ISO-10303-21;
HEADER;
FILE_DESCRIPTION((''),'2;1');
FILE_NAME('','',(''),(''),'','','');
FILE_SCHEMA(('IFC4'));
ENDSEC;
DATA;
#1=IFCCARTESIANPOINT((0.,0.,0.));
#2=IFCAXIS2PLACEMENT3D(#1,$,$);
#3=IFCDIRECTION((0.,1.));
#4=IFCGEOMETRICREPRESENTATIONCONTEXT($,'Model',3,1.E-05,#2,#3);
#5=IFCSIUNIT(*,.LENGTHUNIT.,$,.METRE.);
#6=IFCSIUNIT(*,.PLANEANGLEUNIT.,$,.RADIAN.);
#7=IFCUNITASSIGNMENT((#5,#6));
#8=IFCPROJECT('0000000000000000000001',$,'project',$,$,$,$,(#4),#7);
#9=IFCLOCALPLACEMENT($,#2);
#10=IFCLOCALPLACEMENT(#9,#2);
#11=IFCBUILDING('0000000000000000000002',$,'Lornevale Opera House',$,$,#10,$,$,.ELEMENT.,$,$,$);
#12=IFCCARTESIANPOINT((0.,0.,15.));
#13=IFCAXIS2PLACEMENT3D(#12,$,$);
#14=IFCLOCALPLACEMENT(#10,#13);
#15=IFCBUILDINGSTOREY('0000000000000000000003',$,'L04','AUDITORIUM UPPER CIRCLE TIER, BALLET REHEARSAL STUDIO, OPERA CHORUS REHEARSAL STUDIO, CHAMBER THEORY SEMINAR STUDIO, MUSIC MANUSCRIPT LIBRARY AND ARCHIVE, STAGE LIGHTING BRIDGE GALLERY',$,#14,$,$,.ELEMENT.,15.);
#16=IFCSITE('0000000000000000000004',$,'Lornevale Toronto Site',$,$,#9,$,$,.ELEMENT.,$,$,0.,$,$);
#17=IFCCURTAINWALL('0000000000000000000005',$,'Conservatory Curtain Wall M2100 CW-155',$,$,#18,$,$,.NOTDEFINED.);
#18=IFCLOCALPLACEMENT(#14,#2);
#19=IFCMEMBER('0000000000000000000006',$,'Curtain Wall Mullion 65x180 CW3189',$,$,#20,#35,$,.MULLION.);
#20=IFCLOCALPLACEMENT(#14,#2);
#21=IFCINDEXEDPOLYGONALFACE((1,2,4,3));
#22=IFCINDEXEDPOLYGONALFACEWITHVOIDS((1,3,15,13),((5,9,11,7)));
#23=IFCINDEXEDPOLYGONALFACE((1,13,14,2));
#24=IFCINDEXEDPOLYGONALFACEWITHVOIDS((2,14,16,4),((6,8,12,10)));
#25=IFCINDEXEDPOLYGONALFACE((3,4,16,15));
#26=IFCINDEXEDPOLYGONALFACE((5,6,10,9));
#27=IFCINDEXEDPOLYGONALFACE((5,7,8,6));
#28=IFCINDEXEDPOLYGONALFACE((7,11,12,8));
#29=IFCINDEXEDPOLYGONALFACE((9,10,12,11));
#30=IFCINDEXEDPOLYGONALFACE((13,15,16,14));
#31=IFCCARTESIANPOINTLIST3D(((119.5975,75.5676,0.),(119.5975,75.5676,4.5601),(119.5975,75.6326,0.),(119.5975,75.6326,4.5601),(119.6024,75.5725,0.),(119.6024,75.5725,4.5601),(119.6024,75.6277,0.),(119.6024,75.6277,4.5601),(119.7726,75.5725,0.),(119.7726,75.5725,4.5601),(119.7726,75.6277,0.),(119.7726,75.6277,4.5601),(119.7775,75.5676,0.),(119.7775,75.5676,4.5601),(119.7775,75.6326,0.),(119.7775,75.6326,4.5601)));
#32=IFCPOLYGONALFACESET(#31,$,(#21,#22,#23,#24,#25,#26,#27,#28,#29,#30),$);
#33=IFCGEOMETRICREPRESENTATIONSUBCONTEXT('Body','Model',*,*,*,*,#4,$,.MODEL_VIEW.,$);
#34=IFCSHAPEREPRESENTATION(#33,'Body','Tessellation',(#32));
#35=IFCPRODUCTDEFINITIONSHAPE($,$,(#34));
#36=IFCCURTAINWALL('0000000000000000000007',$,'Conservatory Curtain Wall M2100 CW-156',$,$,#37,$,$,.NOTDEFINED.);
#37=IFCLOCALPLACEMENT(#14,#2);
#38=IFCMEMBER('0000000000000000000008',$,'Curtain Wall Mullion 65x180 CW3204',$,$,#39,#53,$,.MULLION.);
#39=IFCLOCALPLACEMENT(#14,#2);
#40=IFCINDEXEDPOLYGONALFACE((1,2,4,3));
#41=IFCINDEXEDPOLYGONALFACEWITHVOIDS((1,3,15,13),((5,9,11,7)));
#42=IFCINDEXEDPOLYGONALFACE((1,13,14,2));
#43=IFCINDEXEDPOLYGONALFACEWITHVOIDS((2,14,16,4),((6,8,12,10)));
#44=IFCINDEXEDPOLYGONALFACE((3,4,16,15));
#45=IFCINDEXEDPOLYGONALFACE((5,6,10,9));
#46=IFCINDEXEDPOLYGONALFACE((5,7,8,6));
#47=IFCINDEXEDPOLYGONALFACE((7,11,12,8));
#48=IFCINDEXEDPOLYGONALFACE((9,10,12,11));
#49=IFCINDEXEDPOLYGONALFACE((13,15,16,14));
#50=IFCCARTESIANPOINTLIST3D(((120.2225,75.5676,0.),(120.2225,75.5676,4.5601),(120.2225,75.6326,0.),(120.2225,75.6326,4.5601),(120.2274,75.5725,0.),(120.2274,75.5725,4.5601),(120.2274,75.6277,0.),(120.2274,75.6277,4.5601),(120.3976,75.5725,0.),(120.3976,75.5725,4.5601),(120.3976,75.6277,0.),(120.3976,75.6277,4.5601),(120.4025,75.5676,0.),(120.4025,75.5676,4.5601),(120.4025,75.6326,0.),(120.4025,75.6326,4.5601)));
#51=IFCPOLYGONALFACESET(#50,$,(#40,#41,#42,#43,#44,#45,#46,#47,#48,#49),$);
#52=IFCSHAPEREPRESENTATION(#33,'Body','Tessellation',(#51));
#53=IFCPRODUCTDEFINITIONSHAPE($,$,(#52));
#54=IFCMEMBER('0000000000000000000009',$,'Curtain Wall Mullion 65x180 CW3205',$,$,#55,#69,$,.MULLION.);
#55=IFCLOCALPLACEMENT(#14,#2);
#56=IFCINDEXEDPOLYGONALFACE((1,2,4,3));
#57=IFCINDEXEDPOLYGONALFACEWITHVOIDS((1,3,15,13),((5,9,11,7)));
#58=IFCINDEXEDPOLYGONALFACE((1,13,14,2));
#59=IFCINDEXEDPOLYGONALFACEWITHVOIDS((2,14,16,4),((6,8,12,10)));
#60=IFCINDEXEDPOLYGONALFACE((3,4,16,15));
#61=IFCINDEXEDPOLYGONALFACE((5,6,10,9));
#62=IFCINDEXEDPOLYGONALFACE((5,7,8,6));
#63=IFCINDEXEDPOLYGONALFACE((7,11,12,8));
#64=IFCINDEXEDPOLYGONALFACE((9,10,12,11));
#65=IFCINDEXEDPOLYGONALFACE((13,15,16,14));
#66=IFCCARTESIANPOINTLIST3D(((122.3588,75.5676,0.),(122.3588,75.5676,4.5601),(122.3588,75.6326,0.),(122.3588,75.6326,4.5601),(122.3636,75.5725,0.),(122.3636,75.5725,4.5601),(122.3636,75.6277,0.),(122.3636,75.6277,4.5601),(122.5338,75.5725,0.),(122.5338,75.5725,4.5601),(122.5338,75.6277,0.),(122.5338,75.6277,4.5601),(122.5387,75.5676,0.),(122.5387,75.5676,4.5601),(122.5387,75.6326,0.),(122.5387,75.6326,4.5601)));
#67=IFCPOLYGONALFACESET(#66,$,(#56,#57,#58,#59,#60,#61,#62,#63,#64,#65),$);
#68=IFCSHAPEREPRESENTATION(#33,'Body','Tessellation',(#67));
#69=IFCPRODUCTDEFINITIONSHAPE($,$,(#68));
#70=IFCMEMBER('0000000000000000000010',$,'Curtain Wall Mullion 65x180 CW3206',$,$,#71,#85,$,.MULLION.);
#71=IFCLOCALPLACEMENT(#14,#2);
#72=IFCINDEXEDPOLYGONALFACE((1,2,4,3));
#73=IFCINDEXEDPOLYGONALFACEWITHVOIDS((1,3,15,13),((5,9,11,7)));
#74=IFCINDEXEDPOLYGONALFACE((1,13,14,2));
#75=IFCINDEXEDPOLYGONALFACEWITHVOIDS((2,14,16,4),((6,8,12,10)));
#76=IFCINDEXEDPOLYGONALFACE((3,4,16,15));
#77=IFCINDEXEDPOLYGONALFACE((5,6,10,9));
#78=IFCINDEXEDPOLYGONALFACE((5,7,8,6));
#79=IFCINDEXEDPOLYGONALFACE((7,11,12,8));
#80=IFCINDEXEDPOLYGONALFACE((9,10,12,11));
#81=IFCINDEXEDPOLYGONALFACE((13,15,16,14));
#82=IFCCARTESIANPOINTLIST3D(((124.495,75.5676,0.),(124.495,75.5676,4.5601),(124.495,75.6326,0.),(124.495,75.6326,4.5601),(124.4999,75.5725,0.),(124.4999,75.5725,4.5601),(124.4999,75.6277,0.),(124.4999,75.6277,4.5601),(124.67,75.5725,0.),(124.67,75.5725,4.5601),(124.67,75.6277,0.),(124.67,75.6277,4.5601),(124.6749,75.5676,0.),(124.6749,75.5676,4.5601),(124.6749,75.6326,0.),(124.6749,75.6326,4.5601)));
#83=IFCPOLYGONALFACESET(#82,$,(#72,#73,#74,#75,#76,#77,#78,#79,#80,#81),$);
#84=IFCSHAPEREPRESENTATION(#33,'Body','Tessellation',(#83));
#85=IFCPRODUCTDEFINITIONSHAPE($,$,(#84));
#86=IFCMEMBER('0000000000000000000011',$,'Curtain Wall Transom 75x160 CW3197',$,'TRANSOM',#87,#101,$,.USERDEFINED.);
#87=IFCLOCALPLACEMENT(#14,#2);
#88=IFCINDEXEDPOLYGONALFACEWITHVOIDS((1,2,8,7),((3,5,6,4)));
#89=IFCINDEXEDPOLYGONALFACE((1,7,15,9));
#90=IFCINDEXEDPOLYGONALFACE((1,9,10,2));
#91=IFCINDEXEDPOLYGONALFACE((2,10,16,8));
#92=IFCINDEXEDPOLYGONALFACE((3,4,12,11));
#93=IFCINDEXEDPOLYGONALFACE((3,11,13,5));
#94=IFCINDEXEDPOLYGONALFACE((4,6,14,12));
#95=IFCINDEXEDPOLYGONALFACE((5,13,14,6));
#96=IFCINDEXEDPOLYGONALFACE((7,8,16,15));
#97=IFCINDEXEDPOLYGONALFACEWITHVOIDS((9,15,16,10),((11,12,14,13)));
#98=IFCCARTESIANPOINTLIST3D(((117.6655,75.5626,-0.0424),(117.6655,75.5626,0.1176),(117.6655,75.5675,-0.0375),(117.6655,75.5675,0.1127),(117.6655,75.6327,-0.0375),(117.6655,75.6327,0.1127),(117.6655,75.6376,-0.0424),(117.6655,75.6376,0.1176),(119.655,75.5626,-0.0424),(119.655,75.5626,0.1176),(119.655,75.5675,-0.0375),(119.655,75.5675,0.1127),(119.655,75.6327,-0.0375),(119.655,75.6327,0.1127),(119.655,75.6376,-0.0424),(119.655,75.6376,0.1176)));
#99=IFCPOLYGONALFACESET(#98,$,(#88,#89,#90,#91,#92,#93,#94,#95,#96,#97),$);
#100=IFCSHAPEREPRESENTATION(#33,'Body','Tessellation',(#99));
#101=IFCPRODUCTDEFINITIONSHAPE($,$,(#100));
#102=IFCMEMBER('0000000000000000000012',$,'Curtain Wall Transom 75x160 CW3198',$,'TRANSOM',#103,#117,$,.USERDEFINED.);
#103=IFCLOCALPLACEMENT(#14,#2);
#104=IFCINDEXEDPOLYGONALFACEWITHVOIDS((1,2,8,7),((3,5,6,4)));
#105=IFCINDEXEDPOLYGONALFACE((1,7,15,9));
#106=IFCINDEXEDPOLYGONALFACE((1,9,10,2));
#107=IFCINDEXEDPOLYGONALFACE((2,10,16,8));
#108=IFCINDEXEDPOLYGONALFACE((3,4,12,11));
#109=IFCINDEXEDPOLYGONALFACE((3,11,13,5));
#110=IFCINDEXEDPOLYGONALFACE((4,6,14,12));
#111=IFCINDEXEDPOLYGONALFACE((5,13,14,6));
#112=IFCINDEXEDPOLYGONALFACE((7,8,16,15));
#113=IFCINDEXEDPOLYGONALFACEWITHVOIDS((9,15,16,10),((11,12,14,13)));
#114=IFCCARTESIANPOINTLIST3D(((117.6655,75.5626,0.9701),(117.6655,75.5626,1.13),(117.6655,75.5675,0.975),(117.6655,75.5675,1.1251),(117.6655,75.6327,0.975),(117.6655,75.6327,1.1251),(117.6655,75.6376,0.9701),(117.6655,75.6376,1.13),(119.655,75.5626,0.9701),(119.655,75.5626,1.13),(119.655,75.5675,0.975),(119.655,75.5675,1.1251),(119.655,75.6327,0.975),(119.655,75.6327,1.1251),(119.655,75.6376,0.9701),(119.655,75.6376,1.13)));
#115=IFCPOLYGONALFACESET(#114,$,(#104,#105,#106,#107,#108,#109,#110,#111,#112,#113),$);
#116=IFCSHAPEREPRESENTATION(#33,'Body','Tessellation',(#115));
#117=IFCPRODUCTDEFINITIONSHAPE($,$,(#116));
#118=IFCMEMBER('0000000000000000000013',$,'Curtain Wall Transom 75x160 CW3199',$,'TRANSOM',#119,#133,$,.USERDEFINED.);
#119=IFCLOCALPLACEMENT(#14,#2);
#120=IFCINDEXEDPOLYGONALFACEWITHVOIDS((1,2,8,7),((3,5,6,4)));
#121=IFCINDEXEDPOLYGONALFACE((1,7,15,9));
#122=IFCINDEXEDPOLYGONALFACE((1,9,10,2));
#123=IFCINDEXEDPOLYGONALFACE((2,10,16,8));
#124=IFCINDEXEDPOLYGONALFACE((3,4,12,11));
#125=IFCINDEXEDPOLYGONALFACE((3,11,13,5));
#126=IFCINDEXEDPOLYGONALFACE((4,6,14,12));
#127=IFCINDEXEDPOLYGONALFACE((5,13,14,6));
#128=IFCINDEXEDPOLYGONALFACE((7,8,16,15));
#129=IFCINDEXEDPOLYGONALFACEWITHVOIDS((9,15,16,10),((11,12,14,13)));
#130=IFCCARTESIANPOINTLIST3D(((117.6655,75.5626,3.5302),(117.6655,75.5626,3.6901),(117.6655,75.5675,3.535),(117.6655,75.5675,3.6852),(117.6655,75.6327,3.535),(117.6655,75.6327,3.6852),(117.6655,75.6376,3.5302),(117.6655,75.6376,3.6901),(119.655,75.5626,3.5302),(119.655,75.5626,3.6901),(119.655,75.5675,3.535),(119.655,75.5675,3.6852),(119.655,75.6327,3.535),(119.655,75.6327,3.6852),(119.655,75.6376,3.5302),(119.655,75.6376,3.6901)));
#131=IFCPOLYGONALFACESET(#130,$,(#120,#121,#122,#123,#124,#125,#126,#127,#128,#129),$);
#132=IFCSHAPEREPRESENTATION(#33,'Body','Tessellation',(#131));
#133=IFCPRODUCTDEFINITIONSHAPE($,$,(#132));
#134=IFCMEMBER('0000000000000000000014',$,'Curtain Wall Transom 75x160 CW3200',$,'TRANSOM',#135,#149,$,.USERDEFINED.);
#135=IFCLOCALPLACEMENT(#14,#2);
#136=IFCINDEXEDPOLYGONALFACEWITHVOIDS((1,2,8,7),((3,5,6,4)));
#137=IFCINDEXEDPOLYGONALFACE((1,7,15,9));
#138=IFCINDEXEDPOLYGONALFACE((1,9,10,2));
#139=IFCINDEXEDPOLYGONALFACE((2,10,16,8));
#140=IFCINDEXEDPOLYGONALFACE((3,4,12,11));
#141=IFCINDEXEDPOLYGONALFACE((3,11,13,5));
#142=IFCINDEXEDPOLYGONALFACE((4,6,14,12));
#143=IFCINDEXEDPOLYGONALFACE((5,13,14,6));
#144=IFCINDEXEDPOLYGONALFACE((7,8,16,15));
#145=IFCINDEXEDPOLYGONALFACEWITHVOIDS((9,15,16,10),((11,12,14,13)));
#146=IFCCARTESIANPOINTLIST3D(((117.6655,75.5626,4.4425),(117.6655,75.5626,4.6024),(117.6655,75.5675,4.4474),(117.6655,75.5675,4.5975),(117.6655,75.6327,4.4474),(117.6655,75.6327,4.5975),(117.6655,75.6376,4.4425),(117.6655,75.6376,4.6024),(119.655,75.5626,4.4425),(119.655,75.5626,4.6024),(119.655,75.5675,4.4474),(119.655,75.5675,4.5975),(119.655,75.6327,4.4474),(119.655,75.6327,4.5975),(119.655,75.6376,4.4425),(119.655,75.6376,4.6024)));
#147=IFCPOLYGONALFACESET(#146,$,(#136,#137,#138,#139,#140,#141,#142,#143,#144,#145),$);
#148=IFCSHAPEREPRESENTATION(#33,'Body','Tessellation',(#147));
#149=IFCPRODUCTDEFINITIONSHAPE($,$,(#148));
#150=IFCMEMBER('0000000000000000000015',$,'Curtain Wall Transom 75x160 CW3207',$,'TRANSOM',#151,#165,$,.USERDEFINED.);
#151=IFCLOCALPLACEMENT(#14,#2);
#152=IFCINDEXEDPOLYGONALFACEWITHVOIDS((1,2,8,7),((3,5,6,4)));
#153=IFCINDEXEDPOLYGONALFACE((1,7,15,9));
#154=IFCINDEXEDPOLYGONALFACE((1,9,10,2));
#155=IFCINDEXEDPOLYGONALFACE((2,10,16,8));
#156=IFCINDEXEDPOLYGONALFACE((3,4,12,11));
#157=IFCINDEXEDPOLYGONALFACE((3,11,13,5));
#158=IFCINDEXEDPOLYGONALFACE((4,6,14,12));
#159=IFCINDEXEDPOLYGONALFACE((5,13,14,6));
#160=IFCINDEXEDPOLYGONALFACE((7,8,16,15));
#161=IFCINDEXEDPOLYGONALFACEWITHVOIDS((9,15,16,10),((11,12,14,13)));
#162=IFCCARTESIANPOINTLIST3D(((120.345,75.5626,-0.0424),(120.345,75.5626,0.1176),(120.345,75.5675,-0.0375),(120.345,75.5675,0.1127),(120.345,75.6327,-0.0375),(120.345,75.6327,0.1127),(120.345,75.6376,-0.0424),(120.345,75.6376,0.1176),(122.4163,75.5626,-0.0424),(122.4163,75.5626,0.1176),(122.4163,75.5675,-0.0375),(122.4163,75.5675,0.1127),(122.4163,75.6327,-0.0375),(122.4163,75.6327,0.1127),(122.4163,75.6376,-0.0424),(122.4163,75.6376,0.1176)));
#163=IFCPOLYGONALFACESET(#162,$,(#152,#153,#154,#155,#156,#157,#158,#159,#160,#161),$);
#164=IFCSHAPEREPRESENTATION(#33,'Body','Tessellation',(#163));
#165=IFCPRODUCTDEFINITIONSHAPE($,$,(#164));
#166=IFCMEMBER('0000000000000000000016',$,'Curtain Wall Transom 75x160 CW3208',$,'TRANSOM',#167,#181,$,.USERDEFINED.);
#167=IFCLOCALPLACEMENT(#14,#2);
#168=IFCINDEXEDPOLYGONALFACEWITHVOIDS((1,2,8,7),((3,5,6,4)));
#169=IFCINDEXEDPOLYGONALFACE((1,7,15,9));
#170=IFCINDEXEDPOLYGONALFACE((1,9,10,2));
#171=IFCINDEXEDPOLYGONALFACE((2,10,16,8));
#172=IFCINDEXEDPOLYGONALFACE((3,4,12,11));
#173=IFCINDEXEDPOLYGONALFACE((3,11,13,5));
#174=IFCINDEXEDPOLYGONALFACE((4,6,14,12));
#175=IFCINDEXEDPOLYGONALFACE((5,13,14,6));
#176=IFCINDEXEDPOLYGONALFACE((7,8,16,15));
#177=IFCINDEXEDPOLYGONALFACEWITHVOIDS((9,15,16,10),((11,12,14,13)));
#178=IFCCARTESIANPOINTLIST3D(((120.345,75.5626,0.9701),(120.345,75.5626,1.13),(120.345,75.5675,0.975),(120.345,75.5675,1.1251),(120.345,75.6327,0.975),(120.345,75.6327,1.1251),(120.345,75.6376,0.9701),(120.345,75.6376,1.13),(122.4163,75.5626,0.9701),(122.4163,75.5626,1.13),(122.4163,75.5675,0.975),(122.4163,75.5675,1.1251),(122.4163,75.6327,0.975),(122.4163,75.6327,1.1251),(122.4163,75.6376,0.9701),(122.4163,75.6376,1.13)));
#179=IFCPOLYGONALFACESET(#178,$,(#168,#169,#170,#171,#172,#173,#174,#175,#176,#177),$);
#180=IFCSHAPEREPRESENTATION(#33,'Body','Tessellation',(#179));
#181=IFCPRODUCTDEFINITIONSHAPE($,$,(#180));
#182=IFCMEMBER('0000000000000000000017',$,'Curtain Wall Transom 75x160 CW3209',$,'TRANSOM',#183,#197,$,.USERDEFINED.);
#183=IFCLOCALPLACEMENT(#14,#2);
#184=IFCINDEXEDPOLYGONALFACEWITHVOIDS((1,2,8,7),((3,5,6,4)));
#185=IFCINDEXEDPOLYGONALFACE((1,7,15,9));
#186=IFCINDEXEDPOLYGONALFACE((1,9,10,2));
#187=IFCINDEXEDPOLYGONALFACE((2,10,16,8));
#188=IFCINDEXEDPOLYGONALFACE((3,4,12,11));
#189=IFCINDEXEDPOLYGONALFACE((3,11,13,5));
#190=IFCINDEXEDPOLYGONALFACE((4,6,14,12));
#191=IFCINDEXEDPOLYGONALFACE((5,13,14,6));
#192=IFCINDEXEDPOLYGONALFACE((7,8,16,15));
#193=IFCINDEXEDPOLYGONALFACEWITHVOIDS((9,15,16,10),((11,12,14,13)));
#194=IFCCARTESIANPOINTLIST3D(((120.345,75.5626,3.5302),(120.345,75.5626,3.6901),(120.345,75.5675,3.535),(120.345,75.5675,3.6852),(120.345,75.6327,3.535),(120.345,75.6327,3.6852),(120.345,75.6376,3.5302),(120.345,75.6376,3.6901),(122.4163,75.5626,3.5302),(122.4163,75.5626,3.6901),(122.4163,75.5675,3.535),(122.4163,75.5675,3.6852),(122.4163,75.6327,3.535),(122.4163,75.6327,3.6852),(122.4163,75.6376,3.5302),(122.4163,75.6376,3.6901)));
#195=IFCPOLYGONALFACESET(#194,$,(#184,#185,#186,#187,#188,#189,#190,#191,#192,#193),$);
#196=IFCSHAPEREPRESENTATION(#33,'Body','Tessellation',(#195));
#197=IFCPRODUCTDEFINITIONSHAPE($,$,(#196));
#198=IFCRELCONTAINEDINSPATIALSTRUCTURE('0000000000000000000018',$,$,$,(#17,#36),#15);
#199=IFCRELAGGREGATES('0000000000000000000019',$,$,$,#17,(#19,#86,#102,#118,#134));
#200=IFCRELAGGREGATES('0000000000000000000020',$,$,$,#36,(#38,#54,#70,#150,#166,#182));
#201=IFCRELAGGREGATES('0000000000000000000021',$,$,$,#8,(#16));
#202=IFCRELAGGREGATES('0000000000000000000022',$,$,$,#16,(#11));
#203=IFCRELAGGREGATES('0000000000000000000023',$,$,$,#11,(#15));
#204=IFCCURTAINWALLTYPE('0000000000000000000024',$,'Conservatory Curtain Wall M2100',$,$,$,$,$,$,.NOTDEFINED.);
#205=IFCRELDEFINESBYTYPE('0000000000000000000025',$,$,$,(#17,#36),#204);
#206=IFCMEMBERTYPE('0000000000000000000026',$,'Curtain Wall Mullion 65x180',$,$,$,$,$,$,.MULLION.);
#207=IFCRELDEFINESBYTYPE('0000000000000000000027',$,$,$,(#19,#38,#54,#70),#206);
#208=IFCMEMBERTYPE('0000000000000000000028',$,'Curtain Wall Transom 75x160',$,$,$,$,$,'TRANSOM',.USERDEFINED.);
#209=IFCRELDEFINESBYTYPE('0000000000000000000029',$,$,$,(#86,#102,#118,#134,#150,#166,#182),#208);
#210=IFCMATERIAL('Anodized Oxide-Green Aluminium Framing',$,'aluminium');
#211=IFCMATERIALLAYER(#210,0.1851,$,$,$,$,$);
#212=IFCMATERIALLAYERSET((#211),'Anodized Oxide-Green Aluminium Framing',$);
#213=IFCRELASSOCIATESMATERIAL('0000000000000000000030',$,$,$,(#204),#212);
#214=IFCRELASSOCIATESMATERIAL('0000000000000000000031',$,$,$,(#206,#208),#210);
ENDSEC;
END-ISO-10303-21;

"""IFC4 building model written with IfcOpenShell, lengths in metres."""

from ifc_helpers import new_model, si_unit, direction, frame, origin, origin_2d, place, context, subcontext, project, spatial, hollow_rectangle, extrude, material, layer, layer_set, material_profile, profile_set, type_object, element, aggregate, save


model = new_model("IFC4")

# Units and contexts
model_context = context("Model", 3, precision=1e-05, world=origin(), true_north=direction((0.0, 1.0)))
body_context = subcontext(model_context, "Body", "Model", "MODEL_VIEW")
ifc_project = project(units=[si_unit("LENGTHUNIT", "METRE"), si_unit("PLANEANGLEUNIT", "RADIAN")], contexts=[model_context])

# Site, building, storey
site_placement = place(None, origin())
site = spatial("IfcSite", under=ifc_project, at=site_placement, Name="Lornevale Toronto Site", CompositionType="ELEMENT", RefElevation=0.0)
building_placement = place(site_placement, origin())
building = spatial("IfcBuilding", under=site, at=building_placement, Name="Lornevale Opera House", CompositionType="ELEMENT")
storey_placement = place(building_placement, frame((0.0, 0.0, 15.0)))
storey = spatial("IfcBuildingStorey", under=building, at=storey_placement, Name="L04", Description="AUDITORIUM UPPER CIRCLE TIER, BALLET REHEARSAL STUDIO, OPERA CHORUS REHEARSAL STUDIO, CHAMBER THEORY SEMINAR STUDIO, MUSIC MANUSCRIPT LIBRARY AND ARCHIVE, STAGE LIGHTING BRIDGE GALLERY", CompositionType="ELEMENT", Elevation=15.0)

# Curtain wall, member
ifc_material_1 = material(Name="Anodized Oxide-Green Aluminium Framing", Category="aluminium")
ifc_layer_1 = layer(ifc_material_1, 0.1851)
ifc_layer_set_1 = layer_set([ifc_layer_1], Name="Anodized Oxide-Green Aluminium Framing")
curtain_wall_type = type_object("IfcCurtainWallType", Name="Conservatory Curtain Wall M2100", PredefinedType="NOTDEFINED", material=ifc_layer_set_1)
curtain_wall_1_placement = place(storey_placement, origin())
curtain_wall_1 = element("IfcCurtainWall", 1, at=curtain_wall_1_placement, inside=storey, type_object=curtain_wall_type, Name="Conservatory Curtain Wall M2100 CW-155", PredefinedType="NOTDEFINED")
ifc_material_profile_1 = material_profile(ifc_material_1, hollow_rectangle(XDim=0.0649, YDim=0.1799, WallThickness=0.0049, at=origin_2d()), Name="ALU65x180x5")
ifc_profile_set_1 = profile_set([ifc_material_profile_1], Name="Anodized Oxide-Green Aluminium Framing")
member_type_1 = type_object("IfcMemberType", Name="Curtain Wall Mullion 65x180", PredefinedType="MULLION", material=ifc_profile_set_1)
member_1_placement = place(storey_placement, frame((119.6875, 75.6001, 0.0), z_axis=(0.0, 0.0, 1.0), x_axis=(0.0, 1.0, 0.0)))
member_1 = element("IfcMember", 2, at=member_1_placement, type_object=member_type_1, Name="Curtain Wall Mullion 65x180 CW3189", PredefinedType="MULLION", context=body_context, shape_type="SweptSolid", body=[
    extrude(hollow_rectangle(XDim=0.0649, YDim=0.1799, WallThickness=0.0049, at=origin_2d()), origin(), (0.0, 0.0, 1.0), 4.5601),
])

# Curtain wall, members
curtain_wall_2_placement = place(storey_placement, origin())
curtain_wall_2 = element("IfcCurtainWall", 3, at=curtain_wall_2_placement, inside=storey, type_object=curtain_wall_type, Name="Conservatory Curtain Wall M2100 CW-156", PredefinedType="NOTDEFINED")
member_2_placement = place(storey_placement, frame((120.3125, 75.6001, 0.0), z_axis=(0.0, 0.0, 1.0), x_axis=(0.0, 1.0, 0.0)))
member_2 = element("IfcMember", 4, at=member_2_placement, type_object=member_type_1, Name="Curtain Wall Mullion 65x180 CW3204", PredefinedType="MULLION", context=body_context, shape_type="SweptSolid", body=[
    extrude(hollow_rectangle(XDim=0.0649, YDim=0.1799, WallThickness=0.0049, at=origin_2d()), origin(), (0.0, 0.0, 1.0), 4.5601),
])
member_3_placement = place(storey_placement, frame((122.4487, 75.6001, 0.0), z_axis=(0.0, 0.0, 1.0), x_axis=(0.0, 1.0, 0.0)))
member_3 = element("IfcMember", 5, at=member_3_placement, type_object=member_type_1, Name="Curtain Wall Mullion 65x180 CW3205", PredefinedType="MULLION", context=body_context, shape_type="SweptSolid", body=[
    extrude(hollow_rectangle(XDim=0.0649, YDim=0.1799, WallThickness=0.0049, at=origin_2d()), origin(), (0.0, 0.0, 1.0), 4.5601),
])
member_4_placement = place(storey_placement, frame((124.585, 75.6001, 0.0), z_axis=(0.0, 0.0, 1.0), x_axis=(0.0, 1.0, 0.0)))
member_4 = element("IfcMember", 6, at=member_4_placement, type_object=member_type_1, Name="Curtain Wall Mullion 65x180 CW3206", PredefinedType="MULLION", context=body_context, shape_type="SweptSolid", body=[
    extrude(hollow_rectangle(XDim=0.0649, YDim=0.1799, WallThickness=0.0049, at=origin_2d()), origin(), (0.0, 0.0, 1.0), 4.5601),
])

# Members
ifc_material_profile_2 = material_profile(ifc_material_1, hollow_rectangle(XDim=0.075, YDim=0.1599, WallThickness=0.0049, at=origin_2d()), Name="ALU75x160x5")
ifc_profile_set_2 = profile_set([ifc_material_profile_2], Name="Anodized Oxide-Green Aluminium Framing")
member_type_2 = type_object("IfcMemberType", Name="Curtain Wall Transom 75x160", ElementType="TRANSOM", PredefinedType="USERDEFINED", material=ifc_profile_set_2)
member_5_placement = place(storey_placement, frame((117.6655, 75.6001, 0.0376), z_axis=(1.0, 0.0, 0.0), x_axis=(0.0, 1.0, 0.0)))
member_5 = element("IfcMember", 7, at=member_5_placement, type_object=member_type_2, Name="Curtain Wall Transom 75x160 CW3197", ObjectType="TRANSOM", PredefinedType="USERDEFINED", context=body_context, shape_type="SweptSolid", body=[
    extrude(hollow_rectangle(XDim=0.075, YDim=0.1599, WallThickness=0.0049, at=origin_2d()), origin(), (0.0, 0.0, 1.0), 1.9895),
])
member_6_placement = place(storey_placement, frame((117.6655, 75.6001, 1.05), z_axis=(1.0, 0.0, 0.0), x_axis=(0.0, 1.0, 0.0)))
member_6 = element("IfcMember", 8, at=member_6_placement, type_object=member_type_2, Name="Curtain Wall Transom 75x160 CW3198", ObjectType="TRANSOM", PredefinedType="USERDEFINED", context=body_context, shape_type="SweptSolid", body=[
    extrude(hollow_rectangle(XDim=0.075, YDim=0.1599, WallThickness=0.0049, at=origin_2d()), origin(), (0.0, 0.0, 1.0), 1.9895),
])
member_7_placement = place(storey_placement, frame((117.6655, 75.6001, 3.6101), z_axis=(1.0, 0.0, 0.0), x_axis=(0.0, 1.0, 0.0)))
member_7 = element("IfcMember", 9, at=member_7_placement, type_object=member_type_2, Name="Curtain Wall Transom 75x160 CW3199", ObjectType="TRANSOM", PredefinedType="USERDEFINED", context=body_context, shape_type="SweptSolid", body=[
    extrude(hollow_rectangle(XDim=0.075, YDim=0.1599, WallThickness=0.0049, at=origin_2d()), origin(), (0.0, 0.0, 1.0), 1.9895),
])
member_8_placement = place(storey_placement, frame((117.6655, 75.6001, 4.5225), z_axis=(1.0, 0.0, 0.0), x_axis=(0.0, 1.0, 0.0)))
member_8 = element("IfcMember", 10, at=member_8_placement, type_object=member_type_2, Name="Curtain Wall Transom 75x160 CW3200", ObjectType="TRANSOM", PredefinedType="USERDEFINED", context=body_context, shape_type="SweptSolid", body=[
    extrude(hollow_rectangle(XDim=0.075, YDim=0.1599, WallThickness=0.0049, at=origin_2d()), origin(), (0.0, 0.0, 1.0), 1.9895),
])
member_9_placement = place(storey_placement, frame((120.345, 75.6001, 0.0376), z_axis=(1.0, 0.0, 0.0), x_axis=(0.0, 1.0, 0.0)))
member_9 = element("IfcMember", 11, at=member_9_placement, type_object=member_type_2, Name="Curtain Wall Transom 75x160 CW3207", ObjectType="TRANSOM", PredefinedType="USERDEFINED", context=body_context, shape_type="SweptSolid", body=[
    extrude(hollow_rectangle(XDim=0.075, YDim=0.1599, WallThickness=0.0049, at=origin_2d()), origin(), (0.0, 0.0, 1.0), 2.0713),
])
member_10_placement = place(storey_placement, frame((120.345, 75.6001, 1.05), z_axis=(1.0, 0.0, 0.0), x_axis=(0.0, 1.0, 0.0)))
member_10 = element("IfcMember", 12, at=member_10_placement, type_object=member_type_2, Name="Curtain Wall Transom 75x160 CW3208", ObjectType="TRANSOM", PredefinedType="USERDEFINED", context=body_context, shape_type="SweptSolid", body=[
    extrude(hollow_rectangle(XDim=0.075, YDim=0.1599, WallThickness=0.0049, at=origin_2d()), origin(), (0.0, 0.0, 1.0), 2.0713),
])
member_11_placement = place(storey_placement, frame((120.345, 75.6001, 3.6101), z_axis=(1.0, 0.0, 0.0), x_axis=(0.0, 1.0, 0.0)))
member_11 = element("IfcMember", 13, at=member_11_placement, type_object=member_type_2, Name="Curtain Wall Transom 75x160 CW3209", ObjectType="TRANSOM", PredefinedType="USERDEFINED", context=body_context, shape_type="SweptSolid", body=[
    extrude(hollow_rectangle(XDim=0.075, YDim=0.1599, WallThickness=0.0049, at=origin_2d()), origin(), (0.0, 0.0, 1.0), 2.0713),
])

aggregate(curtain_wall_1, [member_1, member_5, member_6, member_7, member_8])
aggregate(curtain_wall_2, [member_2, member_3, member_4, member_9, member_10, member_11])

save(model, "model.ifc")
